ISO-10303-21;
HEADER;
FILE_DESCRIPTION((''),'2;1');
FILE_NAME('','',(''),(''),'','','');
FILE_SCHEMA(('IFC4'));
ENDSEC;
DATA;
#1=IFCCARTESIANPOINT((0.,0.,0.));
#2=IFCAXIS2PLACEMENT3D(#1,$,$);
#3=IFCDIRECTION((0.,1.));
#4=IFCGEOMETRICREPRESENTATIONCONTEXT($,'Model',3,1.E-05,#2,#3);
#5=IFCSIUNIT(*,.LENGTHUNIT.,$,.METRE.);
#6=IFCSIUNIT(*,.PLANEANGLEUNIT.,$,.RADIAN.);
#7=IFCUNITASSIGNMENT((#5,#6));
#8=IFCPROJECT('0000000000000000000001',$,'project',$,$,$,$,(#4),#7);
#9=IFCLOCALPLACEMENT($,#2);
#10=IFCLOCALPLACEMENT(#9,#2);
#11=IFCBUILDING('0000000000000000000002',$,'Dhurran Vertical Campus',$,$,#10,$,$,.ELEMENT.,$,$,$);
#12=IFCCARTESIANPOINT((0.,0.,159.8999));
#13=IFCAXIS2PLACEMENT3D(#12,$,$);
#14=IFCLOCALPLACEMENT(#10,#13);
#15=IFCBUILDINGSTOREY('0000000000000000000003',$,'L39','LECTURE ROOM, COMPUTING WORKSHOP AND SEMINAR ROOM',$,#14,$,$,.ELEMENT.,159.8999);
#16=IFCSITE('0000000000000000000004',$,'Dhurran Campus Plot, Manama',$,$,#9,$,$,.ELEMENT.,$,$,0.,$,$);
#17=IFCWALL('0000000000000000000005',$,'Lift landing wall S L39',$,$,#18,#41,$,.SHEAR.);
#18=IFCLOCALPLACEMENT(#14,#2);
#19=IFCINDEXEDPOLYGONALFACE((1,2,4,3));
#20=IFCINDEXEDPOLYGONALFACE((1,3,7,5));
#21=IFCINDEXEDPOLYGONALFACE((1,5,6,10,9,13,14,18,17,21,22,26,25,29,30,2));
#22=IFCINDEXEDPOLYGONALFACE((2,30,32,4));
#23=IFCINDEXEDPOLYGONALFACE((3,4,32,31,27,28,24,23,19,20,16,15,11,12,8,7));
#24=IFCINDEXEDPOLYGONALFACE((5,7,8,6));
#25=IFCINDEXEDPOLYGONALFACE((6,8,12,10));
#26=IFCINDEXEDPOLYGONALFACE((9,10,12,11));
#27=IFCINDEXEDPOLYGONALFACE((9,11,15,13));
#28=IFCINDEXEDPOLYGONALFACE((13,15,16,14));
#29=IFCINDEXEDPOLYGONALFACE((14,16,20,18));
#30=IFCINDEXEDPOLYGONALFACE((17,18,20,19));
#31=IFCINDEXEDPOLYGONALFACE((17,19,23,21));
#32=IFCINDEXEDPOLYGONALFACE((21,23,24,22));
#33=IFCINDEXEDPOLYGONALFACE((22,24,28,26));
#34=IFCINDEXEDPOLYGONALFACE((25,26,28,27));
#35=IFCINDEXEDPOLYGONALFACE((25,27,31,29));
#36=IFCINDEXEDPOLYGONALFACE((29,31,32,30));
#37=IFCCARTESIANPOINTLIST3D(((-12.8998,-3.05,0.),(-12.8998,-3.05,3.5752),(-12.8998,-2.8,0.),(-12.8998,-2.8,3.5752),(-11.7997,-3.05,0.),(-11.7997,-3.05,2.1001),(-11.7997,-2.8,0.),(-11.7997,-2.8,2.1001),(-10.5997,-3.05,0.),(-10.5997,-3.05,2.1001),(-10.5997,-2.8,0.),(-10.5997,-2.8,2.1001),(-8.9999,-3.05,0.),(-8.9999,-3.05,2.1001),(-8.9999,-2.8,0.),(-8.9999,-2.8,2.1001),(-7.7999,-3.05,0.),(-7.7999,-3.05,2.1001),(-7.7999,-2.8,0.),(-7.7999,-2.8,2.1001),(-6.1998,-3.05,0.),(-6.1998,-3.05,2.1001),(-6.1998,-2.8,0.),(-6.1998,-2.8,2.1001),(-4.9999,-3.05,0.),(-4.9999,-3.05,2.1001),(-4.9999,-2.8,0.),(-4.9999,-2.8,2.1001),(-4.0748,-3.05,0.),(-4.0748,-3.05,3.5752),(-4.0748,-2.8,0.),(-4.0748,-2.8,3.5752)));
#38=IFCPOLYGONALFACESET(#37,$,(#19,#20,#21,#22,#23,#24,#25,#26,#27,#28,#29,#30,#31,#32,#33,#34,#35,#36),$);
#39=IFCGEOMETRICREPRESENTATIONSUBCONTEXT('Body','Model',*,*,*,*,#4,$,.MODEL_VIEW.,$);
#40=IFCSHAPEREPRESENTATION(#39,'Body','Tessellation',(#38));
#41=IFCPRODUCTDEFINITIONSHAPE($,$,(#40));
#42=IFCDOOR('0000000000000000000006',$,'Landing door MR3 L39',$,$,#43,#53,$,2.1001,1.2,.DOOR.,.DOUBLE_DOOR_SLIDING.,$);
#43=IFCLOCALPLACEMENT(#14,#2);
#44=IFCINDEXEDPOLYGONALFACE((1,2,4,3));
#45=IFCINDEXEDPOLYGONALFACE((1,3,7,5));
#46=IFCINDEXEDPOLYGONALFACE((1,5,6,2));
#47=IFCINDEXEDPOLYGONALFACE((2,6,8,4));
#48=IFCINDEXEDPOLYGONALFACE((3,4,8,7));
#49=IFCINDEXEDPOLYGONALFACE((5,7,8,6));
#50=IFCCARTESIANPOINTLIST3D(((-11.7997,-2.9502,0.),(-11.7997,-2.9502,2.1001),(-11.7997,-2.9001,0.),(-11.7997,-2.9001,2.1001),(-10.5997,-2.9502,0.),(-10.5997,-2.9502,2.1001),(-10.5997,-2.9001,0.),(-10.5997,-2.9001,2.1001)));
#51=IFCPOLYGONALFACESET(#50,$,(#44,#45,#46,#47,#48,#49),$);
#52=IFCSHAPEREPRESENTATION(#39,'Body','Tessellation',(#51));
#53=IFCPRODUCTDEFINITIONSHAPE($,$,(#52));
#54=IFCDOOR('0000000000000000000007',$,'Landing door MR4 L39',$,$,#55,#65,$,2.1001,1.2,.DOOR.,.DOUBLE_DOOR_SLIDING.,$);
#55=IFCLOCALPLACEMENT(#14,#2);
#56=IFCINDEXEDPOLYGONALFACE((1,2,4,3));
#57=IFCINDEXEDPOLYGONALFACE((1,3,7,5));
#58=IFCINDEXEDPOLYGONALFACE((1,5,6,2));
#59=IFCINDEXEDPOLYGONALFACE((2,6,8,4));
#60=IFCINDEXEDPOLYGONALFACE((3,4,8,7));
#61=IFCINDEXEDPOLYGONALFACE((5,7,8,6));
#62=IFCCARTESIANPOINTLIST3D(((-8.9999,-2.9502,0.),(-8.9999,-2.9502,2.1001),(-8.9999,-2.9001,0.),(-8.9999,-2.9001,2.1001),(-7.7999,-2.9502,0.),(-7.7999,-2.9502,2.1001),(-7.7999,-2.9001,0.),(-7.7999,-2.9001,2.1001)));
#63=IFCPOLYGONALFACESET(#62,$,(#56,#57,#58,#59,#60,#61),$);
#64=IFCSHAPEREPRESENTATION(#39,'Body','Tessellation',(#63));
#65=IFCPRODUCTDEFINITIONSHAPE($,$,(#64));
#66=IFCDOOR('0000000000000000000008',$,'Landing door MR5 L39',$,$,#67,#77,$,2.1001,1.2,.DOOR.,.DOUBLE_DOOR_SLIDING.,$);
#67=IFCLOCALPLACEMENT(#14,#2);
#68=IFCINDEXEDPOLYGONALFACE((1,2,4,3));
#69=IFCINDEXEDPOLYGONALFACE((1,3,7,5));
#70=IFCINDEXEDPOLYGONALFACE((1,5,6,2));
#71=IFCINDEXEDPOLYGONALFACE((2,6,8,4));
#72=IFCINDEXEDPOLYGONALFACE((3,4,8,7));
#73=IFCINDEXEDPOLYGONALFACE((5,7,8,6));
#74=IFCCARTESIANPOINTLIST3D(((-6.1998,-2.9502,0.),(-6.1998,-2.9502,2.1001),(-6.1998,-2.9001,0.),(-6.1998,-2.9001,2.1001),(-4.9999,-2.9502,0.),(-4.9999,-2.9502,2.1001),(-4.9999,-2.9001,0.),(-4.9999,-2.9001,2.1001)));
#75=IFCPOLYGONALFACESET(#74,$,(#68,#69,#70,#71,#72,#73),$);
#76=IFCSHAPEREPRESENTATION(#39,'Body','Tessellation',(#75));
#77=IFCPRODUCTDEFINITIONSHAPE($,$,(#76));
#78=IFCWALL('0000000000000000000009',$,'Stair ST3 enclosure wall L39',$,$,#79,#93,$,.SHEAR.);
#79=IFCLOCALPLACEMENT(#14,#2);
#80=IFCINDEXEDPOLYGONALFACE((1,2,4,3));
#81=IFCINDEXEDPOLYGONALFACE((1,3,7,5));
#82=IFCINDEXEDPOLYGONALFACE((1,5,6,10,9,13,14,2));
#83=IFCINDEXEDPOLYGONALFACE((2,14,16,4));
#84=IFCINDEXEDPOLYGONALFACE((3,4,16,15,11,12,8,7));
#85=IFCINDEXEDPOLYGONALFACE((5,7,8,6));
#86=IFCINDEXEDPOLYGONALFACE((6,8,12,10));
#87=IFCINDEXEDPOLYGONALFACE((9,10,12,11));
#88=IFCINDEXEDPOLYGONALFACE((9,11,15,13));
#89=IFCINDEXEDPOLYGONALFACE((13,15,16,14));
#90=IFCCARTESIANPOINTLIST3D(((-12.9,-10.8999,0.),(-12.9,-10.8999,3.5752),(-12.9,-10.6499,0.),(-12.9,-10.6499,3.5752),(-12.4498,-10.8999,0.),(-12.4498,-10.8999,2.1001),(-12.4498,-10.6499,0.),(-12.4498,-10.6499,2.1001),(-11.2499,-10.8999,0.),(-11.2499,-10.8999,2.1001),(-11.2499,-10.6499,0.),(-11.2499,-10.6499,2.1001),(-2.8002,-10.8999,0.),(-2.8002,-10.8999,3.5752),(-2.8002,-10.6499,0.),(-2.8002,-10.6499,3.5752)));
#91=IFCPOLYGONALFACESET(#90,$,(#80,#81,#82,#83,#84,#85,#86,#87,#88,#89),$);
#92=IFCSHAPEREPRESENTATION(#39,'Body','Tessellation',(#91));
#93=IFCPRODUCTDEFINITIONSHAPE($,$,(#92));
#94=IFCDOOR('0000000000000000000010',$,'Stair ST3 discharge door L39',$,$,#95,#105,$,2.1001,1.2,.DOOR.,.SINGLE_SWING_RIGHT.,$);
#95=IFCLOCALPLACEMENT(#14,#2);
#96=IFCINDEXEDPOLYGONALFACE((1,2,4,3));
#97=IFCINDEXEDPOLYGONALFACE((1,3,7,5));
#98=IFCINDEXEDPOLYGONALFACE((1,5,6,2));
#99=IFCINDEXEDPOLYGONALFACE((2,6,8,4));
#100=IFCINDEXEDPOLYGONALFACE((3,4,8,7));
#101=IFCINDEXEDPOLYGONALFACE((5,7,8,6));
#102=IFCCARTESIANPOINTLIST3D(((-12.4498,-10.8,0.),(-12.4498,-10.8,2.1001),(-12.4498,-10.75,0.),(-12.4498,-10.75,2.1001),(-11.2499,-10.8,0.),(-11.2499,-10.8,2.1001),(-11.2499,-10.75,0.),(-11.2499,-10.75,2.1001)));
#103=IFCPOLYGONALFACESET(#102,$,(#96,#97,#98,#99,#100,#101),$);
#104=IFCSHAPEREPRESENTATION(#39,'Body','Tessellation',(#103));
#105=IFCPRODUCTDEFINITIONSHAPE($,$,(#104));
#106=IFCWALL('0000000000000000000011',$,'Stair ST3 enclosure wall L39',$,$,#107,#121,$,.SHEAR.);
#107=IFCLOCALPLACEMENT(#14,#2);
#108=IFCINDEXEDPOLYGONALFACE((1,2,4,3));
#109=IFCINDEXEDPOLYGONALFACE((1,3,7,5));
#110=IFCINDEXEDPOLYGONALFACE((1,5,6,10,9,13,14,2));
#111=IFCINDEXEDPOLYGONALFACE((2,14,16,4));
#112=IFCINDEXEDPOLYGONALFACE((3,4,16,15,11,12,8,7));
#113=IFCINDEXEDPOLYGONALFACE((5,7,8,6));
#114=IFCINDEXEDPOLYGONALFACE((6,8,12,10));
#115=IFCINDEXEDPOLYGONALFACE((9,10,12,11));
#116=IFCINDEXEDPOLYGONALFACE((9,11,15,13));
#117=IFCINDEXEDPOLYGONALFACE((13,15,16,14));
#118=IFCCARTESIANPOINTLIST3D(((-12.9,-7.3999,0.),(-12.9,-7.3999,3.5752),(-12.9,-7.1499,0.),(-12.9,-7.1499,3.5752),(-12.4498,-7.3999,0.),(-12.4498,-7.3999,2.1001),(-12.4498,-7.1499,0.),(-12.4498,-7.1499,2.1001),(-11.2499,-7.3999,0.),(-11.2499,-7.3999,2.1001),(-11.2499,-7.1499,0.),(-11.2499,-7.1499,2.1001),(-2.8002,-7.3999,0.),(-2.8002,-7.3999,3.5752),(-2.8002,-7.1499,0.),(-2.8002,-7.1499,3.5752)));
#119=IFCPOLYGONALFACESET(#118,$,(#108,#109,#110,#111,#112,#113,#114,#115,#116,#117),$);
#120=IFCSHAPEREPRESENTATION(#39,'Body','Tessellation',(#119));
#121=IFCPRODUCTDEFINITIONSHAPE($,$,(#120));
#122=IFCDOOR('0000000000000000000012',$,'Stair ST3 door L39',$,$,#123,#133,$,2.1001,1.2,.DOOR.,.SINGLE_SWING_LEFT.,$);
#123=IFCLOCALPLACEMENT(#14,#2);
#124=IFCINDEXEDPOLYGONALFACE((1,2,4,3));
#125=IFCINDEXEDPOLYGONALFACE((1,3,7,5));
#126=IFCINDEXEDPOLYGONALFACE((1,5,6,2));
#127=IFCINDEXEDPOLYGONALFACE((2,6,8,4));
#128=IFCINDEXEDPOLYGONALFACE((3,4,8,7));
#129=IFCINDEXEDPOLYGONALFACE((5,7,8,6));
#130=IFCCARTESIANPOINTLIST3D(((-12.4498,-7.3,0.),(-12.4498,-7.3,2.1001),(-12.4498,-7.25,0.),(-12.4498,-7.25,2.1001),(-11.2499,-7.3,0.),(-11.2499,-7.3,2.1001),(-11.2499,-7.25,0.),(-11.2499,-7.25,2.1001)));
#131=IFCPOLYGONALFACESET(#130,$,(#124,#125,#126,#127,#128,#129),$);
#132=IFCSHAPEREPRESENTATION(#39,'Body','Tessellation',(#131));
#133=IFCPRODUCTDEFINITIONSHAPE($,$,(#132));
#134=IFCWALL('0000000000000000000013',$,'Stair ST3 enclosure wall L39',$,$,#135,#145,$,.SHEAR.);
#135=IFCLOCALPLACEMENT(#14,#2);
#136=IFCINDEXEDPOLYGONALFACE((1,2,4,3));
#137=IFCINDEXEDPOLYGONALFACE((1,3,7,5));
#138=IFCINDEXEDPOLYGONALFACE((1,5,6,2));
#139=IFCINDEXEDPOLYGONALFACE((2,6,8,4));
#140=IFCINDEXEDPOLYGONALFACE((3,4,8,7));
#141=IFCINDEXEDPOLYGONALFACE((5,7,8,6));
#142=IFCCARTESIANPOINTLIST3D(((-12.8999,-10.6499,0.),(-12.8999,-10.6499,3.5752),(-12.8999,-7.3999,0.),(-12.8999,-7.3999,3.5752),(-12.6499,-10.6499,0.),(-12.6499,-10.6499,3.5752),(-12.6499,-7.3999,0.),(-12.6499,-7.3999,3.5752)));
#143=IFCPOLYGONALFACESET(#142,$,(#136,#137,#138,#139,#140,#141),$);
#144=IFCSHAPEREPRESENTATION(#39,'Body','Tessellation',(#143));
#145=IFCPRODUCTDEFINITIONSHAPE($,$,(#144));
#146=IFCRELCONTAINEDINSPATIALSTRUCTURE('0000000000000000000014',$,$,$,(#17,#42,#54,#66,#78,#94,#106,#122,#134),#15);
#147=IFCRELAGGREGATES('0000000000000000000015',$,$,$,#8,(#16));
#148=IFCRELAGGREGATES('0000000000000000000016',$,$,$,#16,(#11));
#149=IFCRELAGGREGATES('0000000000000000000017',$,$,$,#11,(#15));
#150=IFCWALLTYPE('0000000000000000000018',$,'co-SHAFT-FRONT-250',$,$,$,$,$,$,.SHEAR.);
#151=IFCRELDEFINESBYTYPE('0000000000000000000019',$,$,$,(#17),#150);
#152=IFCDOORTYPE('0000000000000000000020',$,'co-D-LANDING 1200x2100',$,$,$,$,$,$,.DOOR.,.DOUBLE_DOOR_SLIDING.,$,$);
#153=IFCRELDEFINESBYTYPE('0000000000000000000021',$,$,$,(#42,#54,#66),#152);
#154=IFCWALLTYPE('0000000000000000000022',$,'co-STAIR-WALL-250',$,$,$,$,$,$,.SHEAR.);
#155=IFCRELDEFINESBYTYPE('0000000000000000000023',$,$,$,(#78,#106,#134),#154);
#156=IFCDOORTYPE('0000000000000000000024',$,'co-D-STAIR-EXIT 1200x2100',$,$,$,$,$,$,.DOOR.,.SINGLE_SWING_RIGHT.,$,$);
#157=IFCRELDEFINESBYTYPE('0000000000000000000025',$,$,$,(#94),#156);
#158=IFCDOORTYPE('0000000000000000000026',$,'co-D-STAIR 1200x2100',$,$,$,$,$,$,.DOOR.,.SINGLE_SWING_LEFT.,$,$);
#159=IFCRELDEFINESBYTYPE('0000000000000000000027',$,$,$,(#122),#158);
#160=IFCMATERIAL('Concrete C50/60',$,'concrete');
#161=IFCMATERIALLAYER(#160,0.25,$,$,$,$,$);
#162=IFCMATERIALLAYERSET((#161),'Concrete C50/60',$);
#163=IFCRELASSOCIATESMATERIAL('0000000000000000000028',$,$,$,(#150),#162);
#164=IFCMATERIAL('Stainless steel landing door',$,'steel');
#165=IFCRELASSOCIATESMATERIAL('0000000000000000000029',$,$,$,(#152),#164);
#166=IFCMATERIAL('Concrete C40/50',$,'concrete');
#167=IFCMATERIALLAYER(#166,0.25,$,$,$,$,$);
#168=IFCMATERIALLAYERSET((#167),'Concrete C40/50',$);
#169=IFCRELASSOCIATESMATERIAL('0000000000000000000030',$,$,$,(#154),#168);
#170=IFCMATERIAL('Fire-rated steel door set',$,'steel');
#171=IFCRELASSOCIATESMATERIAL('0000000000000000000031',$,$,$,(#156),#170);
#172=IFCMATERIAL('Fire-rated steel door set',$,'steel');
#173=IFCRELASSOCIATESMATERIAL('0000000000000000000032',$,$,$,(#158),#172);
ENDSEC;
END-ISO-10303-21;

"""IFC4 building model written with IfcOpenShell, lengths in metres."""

from ifc_helpers import new_model, si_unit, direction, frame, frame_2d, origin, place, context, subcontext, project, spatial, rectangle, extrude, material, layer, layer_set, type_object, element, fill, save


model = new_model("IFC4")

# Units and contexts
model_context = context("Model", 3, precision=1e-05, world=origin(), true_north=direction((0.0, 1.0)))
body_context = subcontext(model_context, "Body", "Model", "MODEL_VIEW")
ifc_project = project(units=[si_unit("LENGTHUNIT", "METRE"), si_unit("PLANEANGLEUNIT", "RADIAN")], contexts=[model_context])

# Site, building, storey
site_placement = place(None, origin())
site = spatial("IfcSite", under=ifc_project, at=site_placement, Name="Dhurran Campus Plot, Manama", CompositionType="ELEMENT", RefElevation=0.0)
building_placement = place(site_placement, origin())
building = spatial("IfcBuilding", under=site, at=building_placement, Name="Dhurran Vertical Campus", CompositionType="ELEMENT")
storey_placement = place(building_placement, frame((0.0, 0.0, 159.8999)))
storey = spatial("IfcBuildingStorey", under=building, at=storey_placement, Name="L39", Description="LECTURE ROOM, COMPUTING WORKSHOP AND SEMINAR ROOM", CompositionType="ELEMENT", Elevation=159.8999)

# Wall, openings, doors
ifc_material_1 = material(Name="Concrete C50/60", Category="concrete")
ifc_layer_1 = layer(ifc_material_1, 0.25)
ifc_layer_set_1 = layer_set([ifc_layer_1], Name="Concrete C50/60")
wall_type_1 = type_object("IfcWallType", Name="co-SHAFT-FRONT-250", PredefinedType="SHEAR", material=ifc_layer_set_1)
wall_1_placement = place(storey_placement, frame((-12.8999, -2.925, 0.0), z_axis=(0.0, 0.0, 1.0), x_axis=(1.0, 0.0, 0.0)))
wall_1 = element("IfcWall", 1, at=wall_1_placement, inside=storey, type_object=wall_type_1, Name="Lift landing wall S L39", PredefinedType="SHEAR", context=body_context, shape_type="SweptSolid", body=[
    extrude(rectangle(XDim=8.825, YDim=0.25, at=frame_2d((4.4126, 0.0))), origin(), (0.0, 0.0, 1.0), 3.5752),
])
opening_1_placement = place(wall_1_placement, frame((1.1001, 0.0, 0.0)))
opening_1 = element("IfcOpeningElement", 2, at=opening_1_placement, cuts=wall_1, PredefinedType="OPENING", context=body_context, shape_type="SweptSolid", body=[
    extrude(rectangle(XDim=1.2, YDim=2.1001, at=frame_2d((0.6001, 1.05))), frame((0.0, 0.135, 0.0), z_axis=(0.0, -1.0, 0.0), x_axis=(1.0, 0.0, 0.0)), (0.0, 0.0, 1.0), 0.27),
])
opening_2_placement = place(wall_1_placement, frame((3.8999, 0.0, 0.0)))
opening_2 = element("IfcOpeningElement", 3, at=opening_2_placement, cuts=wall_1, PredefinedType="OPENING", context=body_context, shape_type="SweptSolid", body=[
    extrude(rectangle(XDim=1.2, YDim=2.1001, at=frame_2d((0.6001, 1.05))), frame((0.0, 0.135, 0.0), z_axis=(0.0, -1.0, 0.0), x_axis=(1.0, 0.0, 0.0)), (0.0, 0.0, 1.0), 0.27),
])
opening_3_placement = place(wall_1_placement, frame((6.7, 0.0, 0.0)))
opening_3 = element("IfcOpeningElement", 4, at=opening_3_placement, cuts=wall_1, PredefinedType="OPENING", context=body_context, shape_type="SweptSolid", body=[
    extrude(rectangle(XDim=1.2, YDim=2.1001, at=frame_2d((0.6001, 1.05))), frame((0.0, 0.135, 0.0), z_axis=(0.0, -1.0, 0.0), x_axis=(1.0, 0.0, 0.0)), (0.0, 0.0, 1.0), 0.27),
])
ifc_material_2 = material(Name="Stainless steel landing door", Category="steel")
door_type_1 = type_object("IfcDoorType", Name="co-D-LANDING 1200x2100", OperationType="DOUBLE_DOOR_SLIDING", PredefinedType="DOOR", material=ifc_material_2)
door_1_placement = place(opening_1_placement, origin())
door_1 = element("IfcDoor", 5, at=door_1_placement, inside=storey, type_object=door_type_1, Name="Landing door MR3 L39", OperationType="DOUBLE_DOOR_SLIDING", OverallHeight=2.1001, OverallWidth=1.2, PredefinedType="DOOR", context=body_context, shape_type="SweptSolid", body=[
    extrude(rectangle(XDim=1.2, YDim=2.1001, at=frame_2d((0.6001, 1.05))), frame((0.0, 0.0249, 0.0), z_axis=(0.0, -1.0, 0.0), x_axis=(1.0, 0.0, 0.0)), (0.0, 0.0, 1.0), 0.05),
])
fill(opening_1, door_1)
door_2_placement = place(opening_2_placement, origin())
door_2 = element("IfcDoor", 6, at=door_2_placement, inside=storey, type_object=door_type_1, Name="Landing door MR4 L39", OperationType="DOUBLE_DOOR_SLIDING", OverallHeight=2.1001, OverallWidth=1.2, PredefinedType="DOOR", context=body_context, shape_type="SweptSolid", body=[
    extrude(rectangle(XDim=1.2, YDim=2.1001, at=frame_2d((0.6001, 1.05))), frame((0.0, 0.0249, 0.0), z_axis=(0.0, -1.0, 0.0), x_axis=(1.0, 0.0, 0.0)), (0.0, 0.0, 1.0), 0.05),
])
fill(opening_2, door_2)
door_3_placement = place(opening_3_placement, origin())
door_3 = element("IfcDoor", 7, at=door_3_placement, inside=storey, type_object=door_type_1, Name="Landing door MR5 L39", OperationType="DOUBLE_DOOR_SLIDING", OverallHeight=2.1001, OverallWidth=1.2, PredefinedType="DOOR", context=body_context, shape_type="SweptSolid", body=[
    extrude(rectangle(XDim=1.2, YDim=2.1001, at=frame_2d((0.6001, 1.05))), frame((0.0, 0.0249, 0.0), z_axis=(0.0, -1.0, 0.0), x_axis=(1.0, 0.0, 0.0)), (0.0, 0.0, 1.0), 0.05),
])
fill(opening_3, door_3)

# Walls, openings, doors
ifc_material_3 = material(Name="Concrete C40/50", Category="concrete")
ifc_layer_2 = layer(ifc_material_3, 0.25)
ifc_layer_set_2 = layer_set([ifc_layer_2], Name="Concrete C40/50")
wall_type_2 = type_object("IfcWallType", Name="co-STAIR-WALL-250", PredefinedType="SHEAR", material=ifc_layer_set_2)
wall_2_placement = place(storey_placement, frame((-12.8999, -10.7749, 0.0), z_axis=(0.0, 0.0, 1.0), x_axis=(1.0, 0.0, 0.0)))
wall_2 = element("IfcWall", 8, at=wall_2_placement, inside=storey, type_object=wall_type_2, Name="Stair ST3 enclosure wall L39", PredefinedType="SHEAR", context=body_context, shape_type="SweptSolid", body=[
    extrude(rectangle(XDim=10.0999, YDim=0.25, at=frame_2d((5.0498, 0.0))), origin(), (0.0, 0.0, 1.0), 3.5752),
])
opening_4_placement = place(wall_2_placement, frame((0.45, 0.0, 0.0)))
opening_4 = element("IfcOpeningElement", 9, at=opening_4_placement, cuts=wall_2, PredefinedType="OPENING", context=body_context, shape_type="SweptSolid", body=[
    extrude(rectangle(XDim=1.2, YDim=2.1001, at=frame_2d((0.6001, 1.05))), frame((0.0, 0.135, 0.0), z_axis=(0.0, -1.0, 0.0), x_axis=(1.0, 0.0, 0.0)), (0.0, 0.0, 1.0), 0.27),
])
ifc_material_4 = material(Name="Fire-rated steel door set", Category="steel")
door_type_2 = type_object("IfcDoorType", Name="co-D-STAIR-EXIT 1200x2100", OperationType="SINGLE_SWING_RIGHT", PredefinedType="DOOR", material=ifc_material_4)
door_4_placement = place(opening_4_placement, origin())
door_4 = element("IfcDoor", 10, at=door_4_placement, inside=storey, type_object=door_type_2, Name="Stair ST3 discharge door L39", OperationType="SINGLE_SWING_RIGHT", OverallHeight=2.1001, OverallWidth=1.2, PredefinedType="DOOR", context=body_context, shape_type="SweptSolid", body=[
    extrude(rectangle(XDim=1.2, YDim=2.1001, at=frame_2d((0.6001, 1.05))), frame((0.0, 0.0249, 0.0), z_axis=(0.0, -1.0, 0.0), x_axis=(1.0, 0.0, 0.0)), (0.0, 0.0, 1.0), 0.05),
])
fill(opening_4, door_4)
wall_3_placement = place(storey_placement, frame((-12.8999, -7.2749, 0.0), z_axis=(0.0, 0.0, 1.0), x_axis=(1.0, 0.0, 0.0)))
wall_3 = element("IfcWall", 11, at=wall_3_placement, inside=storey, type_object=wall_type_2, Name="Stair ST3 enclosure wall L39", PredefinedType="SHEAR", context=body_context, shape_type="SweptSolid", body=[
    extrude(rectangle(XDim=10.0999, YDim=0.25, at=frame_2d((5.0498, 0.0))), origin(), (0.0, 0.0, 1.0), 3.5752),
])
opening_5_placement = place(wall_3_placement, frame((0.45, 0.0, 0.0)))
opening_5 = element("IfcOpeningElement", 12, at=opening_5_placement, cuts=wall_3, PredefinedType="OPENING", context=body_context, shape_type="SweptSolid", body=[
    extrude(rectangle(XDim=1.2, YDim=2.1001, at=frame_2d((0.6001, 1.05))), frame((0.0, 0.135, 0.0), z_axis=(0.0, -1.0, 0.0), x_axis=(1.0, 0.0, 0.0)), (0.0, 0.0, 1.0), 0.27),
])
ifc_material_5 = material(Name="Fire-rated steel door set", Category="steel")
door_type_3 = type_object("IfcDoorType", Name="co-D-STAIR 1200x2100", OperationType="SINGLE_SWING_LEFT", PredefinedType="DOOR", material=ifc_material_5)
door_5_placement = place(opening_5_placement, origin())
door_5 = element("IfcDoor", 13, at=door_5_placement, inside=storey, type_object=door_type_3, Name="Stair ST3 door L39", OperationType="SINGLE_SWING_LEFT", OverallHeight=2.1001, OverallWidth=1.2, PredefinedType="DOOR", context=body_context, shape_type="SweptSolid", body=[
    extrude(rectangle(XDim=1.2, YDim=2.1001, at=frame_2d((0.6001, 1.05))), frame((0.0, 0.0249, 0.0), z_axis=(0.0, -1.0, 0.0), x_axis=(1.0, 0.0, 0.0)), (0.0, 0.0, 1.0), 0.05),
])
fill(opening_5, door_5)

# Wall
wall_4_placement = place(storey_placement, frame((-12.7749, -10.6499, 0.0), z_axis=(0.0, 0.0, 1.0), x_axis=(0.0, 1.0, 0.0)))
element("IfcWall", 14, at=wall_4_placement, inside=storey, type_object=wall_type_2, Name="Stair ST3 enclosure wall L39", PredefinedType="SHEAR", context=body_context, shape_type="SweptSolid", body=[
    extrude(rectangle(XDim=3.25, YDim=0.25, at=frame_2d((1.625, 0.0))), origin(), (0.0, 0.0, 1.0), 3.5752),
])

save(model, "model.ifc")
